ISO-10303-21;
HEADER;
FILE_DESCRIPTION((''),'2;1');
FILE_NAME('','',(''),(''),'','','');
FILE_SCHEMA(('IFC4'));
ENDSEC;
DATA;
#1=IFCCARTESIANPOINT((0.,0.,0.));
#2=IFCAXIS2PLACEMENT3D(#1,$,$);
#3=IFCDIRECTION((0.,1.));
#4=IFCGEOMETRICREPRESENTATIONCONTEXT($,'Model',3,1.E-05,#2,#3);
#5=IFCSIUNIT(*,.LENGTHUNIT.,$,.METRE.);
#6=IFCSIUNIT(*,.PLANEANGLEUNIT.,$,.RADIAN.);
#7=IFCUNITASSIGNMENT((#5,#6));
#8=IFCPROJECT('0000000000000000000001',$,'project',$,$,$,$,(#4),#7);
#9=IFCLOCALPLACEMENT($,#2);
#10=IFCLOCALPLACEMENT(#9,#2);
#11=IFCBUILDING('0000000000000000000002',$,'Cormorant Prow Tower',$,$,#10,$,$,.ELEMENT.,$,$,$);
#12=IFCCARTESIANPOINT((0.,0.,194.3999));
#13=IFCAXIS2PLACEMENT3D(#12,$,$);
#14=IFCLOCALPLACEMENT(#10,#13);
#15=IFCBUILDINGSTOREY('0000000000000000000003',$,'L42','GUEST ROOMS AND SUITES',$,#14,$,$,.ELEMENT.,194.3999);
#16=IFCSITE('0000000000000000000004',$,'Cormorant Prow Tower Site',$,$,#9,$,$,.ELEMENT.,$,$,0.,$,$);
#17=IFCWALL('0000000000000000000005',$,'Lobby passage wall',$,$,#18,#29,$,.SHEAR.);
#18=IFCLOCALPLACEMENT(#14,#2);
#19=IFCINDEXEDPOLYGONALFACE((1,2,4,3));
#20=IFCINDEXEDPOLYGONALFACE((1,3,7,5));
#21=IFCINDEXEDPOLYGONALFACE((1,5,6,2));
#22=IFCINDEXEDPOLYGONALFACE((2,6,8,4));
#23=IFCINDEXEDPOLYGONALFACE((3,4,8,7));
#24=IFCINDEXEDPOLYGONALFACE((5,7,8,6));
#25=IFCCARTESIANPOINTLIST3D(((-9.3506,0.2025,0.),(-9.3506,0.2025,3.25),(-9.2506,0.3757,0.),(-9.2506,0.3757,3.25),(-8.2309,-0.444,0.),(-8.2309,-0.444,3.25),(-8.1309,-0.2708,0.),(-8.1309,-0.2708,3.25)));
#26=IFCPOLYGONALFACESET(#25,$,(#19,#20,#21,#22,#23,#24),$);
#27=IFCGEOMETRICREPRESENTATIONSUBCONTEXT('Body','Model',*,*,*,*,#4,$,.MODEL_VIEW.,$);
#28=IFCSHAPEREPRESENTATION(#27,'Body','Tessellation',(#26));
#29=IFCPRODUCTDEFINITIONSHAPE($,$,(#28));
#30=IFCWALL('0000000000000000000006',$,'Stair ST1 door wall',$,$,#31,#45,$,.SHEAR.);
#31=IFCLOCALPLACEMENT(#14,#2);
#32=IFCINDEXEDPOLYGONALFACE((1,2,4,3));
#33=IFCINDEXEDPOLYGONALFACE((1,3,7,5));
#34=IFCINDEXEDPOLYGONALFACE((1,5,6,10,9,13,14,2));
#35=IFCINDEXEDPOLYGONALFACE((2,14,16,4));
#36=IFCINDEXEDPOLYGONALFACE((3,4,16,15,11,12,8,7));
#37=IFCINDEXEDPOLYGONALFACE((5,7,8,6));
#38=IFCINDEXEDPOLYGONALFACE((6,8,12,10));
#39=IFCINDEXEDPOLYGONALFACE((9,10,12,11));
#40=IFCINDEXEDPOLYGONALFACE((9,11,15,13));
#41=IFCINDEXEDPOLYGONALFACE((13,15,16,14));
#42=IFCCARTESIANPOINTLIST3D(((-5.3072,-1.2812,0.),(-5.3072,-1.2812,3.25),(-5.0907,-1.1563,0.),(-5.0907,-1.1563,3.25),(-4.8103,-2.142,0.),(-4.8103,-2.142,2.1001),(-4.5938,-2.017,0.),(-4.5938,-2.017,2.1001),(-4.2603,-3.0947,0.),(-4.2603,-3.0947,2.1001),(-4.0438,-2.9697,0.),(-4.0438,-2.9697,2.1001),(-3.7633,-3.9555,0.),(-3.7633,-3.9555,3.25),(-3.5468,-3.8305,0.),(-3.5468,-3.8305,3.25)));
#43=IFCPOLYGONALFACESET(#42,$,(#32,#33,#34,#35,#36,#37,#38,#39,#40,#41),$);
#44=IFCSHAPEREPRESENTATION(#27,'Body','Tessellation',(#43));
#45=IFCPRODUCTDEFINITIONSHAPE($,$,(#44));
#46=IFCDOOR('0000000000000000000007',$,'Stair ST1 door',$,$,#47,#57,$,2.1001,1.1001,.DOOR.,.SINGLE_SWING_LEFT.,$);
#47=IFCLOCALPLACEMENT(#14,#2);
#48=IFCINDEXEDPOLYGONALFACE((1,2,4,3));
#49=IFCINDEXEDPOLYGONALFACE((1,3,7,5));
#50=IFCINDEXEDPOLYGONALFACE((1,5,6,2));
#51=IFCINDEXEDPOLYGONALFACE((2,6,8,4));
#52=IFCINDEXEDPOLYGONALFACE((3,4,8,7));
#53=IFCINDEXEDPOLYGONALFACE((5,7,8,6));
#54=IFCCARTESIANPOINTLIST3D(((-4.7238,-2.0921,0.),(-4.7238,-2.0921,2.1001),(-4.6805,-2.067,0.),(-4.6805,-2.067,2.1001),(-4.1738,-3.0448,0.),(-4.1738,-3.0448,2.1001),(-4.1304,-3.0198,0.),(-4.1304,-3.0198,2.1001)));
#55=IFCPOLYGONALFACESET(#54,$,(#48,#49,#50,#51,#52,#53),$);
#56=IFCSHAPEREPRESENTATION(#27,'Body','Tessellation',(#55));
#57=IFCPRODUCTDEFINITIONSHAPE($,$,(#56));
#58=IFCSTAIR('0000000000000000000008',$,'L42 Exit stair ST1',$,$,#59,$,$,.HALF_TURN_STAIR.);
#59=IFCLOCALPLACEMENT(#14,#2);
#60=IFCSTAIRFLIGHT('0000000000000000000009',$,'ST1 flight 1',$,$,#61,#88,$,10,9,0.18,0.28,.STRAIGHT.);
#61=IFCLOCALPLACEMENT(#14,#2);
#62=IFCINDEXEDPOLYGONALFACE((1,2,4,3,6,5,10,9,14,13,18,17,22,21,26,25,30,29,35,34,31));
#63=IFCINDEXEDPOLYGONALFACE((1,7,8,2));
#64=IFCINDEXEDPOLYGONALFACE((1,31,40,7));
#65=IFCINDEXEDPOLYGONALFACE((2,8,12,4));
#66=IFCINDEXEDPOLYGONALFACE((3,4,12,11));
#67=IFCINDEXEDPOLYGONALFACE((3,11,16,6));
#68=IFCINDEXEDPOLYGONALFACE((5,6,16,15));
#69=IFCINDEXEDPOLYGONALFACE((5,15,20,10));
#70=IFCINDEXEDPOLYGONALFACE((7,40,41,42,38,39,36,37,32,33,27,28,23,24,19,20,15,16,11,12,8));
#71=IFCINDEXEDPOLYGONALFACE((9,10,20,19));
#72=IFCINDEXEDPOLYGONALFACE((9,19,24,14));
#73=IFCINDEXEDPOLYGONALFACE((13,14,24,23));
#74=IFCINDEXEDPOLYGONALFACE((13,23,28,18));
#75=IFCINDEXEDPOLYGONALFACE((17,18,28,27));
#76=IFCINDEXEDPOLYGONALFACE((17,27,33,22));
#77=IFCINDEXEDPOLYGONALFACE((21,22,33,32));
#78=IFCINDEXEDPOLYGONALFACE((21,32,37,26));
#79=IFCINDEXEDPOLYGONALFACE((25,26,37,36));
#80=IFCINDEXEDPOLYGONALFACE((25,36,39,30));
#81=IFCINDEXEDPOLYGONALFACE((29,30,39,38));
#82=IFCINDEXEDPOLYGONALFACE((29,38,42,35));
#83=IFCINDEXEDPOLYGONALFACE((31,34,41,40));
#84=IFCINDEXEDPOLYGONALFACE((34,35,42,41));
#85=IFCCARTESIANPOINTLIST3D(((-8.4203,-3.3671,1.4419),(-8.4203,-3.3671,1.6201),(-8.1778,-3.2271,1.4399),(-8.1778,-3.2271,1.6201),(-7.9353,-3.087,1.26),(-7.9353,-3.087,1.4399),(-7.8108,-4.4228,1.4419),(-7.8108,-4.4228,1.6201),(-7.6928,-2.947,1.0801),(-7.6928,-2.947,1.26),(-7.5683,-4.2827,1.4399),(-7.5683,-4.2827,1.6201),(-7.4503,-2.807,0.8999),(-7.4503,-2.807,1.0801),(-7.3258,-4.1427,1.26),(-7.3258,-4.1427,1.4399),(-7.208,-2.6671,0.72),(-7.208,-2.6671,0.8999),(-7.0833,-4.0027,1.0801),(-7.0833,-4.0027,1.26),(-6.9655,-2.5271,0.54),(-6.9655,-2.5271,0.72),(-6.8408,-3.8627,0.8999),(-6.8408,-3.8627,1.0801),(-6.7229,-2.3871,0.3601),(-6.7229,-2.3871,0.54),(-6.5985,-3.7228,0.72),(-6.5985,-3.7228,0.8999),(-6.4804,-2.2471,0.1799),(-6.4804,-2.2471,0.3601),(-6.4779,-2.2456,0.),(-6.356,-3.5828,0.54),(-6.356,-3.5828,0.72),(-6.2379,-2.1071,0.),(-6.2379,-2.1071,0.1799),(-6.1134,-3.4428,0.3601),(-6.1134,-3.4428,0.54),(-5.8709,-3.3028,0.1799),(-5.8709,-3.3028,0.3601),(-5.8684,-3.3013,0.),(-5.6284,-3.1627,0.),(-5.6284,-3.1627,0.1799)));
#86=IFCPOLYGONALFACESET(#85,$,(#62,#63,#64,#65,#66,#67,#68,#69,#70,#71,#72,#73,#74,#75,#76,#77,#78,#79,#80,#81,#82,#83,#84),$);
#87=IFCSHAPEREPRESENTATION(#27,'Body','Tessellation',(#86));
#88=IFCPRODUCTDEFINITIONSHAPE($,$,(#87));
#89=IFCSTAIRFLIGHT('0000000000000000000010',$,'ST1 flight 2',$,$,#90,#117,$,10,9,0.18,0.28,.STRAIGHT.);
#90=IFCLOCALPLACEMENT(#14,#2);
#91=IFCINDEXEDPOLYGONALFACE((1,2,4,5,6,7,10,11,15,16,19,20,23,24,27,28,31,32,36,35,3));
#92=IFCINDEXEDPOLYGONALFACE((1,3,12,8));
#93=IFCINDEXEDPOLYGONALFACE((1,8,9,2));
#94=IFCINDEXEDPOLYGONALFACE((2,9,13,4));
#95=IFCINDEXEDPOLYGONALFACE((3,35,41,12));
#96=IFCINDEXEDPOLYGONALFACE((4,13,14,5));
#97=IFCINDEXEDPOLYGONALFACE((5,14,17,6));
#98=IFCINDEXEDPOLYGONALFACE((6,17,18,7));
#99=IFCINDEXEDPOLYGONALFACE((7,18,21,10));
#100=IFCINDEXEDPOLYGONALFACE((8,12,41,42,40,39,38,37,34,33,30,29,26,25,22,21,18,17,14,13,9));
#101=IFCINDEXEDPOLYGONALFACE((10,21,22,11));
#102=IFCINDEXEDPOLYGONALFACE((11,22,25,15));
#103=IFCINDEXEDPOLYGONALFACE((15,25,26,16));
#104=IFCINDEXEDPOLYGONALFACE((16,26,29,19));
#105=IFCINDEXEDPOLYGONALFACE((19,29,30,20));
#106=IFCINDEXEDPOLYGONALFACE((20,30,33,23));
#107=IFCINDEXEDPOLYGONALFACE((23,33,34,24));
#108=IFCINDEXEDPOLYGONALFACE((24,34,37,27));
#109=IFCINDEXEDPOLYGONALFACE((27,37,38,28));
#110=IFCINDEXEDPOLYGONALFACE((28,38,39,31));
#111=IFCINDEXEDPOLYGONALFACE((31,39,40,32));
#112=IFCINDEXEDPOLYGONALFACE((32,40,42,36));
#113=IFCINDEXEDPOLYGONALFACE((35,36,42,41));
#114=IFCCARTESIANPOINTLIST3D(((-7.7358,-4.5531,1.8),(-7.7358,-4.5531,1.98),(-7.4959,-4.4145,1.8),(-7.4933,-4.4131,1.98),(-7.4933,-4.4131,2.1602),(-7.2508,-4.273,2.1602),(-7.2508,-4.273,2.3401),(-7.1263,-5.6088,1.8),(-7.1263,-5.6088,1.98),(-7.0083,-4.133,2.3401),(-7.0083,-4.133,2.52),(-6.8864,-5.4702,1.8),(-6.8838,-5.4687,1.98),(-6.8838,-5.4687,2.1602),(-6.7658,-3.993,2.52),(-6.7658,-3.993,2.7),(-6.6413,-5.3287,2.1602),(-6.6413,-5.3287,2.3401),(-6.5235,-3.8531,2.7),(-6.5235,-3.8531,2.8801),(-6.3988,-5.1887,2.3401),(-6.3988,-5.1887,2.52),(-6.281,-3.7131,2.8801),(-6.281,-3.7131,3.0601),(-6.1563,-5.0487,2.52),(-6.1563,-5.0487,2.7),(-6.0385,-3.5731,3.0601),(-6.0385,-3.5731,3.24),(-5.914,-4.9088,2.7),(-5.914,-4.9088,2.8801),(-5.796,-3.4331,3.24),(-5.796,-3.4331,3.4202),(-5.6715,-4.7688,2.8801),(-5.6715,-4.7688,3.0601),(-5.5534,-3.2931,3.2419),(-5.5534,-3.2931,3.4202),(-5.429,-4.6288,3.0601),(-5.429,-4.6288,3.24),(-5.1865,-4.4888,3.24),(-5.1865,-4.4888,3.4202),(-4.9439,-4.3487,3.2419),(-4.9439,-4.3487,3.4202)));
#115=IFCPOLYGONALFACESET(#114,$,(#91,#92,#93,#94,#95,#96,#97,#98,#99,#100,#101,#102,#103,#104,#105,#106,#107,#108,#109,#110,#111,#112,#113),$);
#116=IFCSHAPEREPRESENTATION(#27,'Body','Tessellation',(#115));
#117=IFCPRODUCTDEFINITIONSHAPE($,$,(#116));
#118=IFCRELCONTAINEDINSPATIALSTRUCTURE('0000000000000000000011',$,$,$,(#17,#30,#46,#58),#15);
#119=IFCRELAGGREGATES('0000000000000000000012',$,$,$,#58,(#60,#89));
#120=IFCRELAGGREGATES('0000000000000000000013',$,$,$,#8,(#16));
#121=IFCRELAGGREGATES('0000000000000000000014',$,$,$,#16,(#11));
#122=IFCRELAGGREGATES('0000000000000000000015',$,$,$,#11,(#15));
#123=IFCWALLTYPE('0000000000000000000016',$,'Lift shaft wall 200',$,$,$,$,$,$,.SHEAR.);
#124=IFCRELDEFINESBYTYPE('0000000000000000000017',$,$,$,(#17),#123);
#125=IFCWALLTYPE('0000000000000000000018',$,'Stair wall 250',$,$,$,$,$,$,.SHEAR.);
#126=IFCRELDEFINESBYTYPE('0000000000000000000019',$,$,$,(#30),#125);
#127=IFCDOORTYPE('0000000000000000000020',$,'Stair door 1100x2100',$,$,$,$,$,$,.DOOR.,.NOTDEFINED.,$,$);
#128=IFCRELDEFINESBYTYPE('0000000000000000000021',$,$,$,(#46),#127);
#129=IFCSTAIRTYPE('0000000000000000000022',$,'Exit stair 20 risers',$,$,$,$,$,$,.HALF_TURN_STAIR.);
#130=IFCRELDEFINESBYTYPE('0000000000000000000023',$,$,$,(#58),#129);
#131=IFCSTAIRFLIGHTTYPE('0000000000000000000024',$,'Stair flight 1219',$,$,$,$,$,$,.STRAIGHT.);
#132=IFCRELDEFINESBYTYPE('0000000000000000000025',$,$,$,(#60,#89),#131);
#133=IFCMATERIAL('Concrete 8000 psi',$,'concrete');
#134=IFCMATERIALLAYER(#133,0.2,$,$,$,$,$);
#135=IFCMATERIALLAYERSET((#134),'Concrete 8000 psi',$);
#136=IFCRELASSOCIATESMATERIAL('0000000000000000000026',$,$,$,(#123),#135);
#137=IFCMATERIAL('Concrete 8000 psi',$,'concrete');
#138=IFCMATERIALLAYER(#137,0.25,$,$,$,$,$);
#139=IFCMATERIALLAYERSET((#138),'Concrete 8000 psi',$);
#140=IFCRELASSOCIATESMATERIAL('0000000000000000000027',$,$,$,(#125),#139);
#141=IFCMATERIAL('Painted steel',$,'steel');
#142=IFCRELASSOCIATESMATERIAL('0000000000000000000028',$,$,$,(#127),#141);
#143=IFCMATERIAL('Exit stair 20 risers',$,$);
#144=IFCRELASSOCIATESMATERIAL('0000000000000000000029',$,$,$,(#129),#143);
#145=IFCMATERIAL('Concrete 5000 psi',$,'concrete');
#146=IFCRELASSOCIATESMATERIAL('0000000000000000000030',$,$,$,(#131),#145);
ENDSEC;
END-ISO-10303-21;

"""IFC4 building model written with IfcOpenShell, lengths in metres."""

from ifc_helpers import new_model, si_unit, direction, frame, frame_2d, origin, place, context, subcontext, project, spatial, polyline, rectangle, outline, extrude, material, layer, layer_set, type_object, element, fill, aggregate, save


model = new_model("IFC4")

# Units and contexts
model_context = context("Model", 3, precision=1e-05, world=origin(), true_north=direction((0.0, 1.0)))
body_context = subcontext(model_context, "Body", "Model", "MODEL_VIEW")
ifc_project = project(units=[si_unit("LENGTHUNIT", "METRE"), si_unit("PLANEANGLEUNIT", "RADIAN")], contexts=[model_context])

# Site, building, storey
site_placement = place(None, origin())
site = spatial("IfcSite", under=ifc_project, at=site_placement, Name="Cormorant Prow Tower Site", CompositionType="ELEMENT", RefElevation=0.0)
building_placement = place(site_placement, origin())
building = spatial("IfcBuilding", under=site, at=building_placement, Name="Cormorant Prow Tower", CompositionType="ELEMENT")
storey_placement = place(building_placement, frame((0.0, 0.0, 194.3999)))
storey = spatial("IfcBuildingStorey", under=building, at=storey_placement, Name="L42", Description="GUEST ROOMS AND SUITES", CompositionType="ELEMENT", Elevation=194.3999)

# Wall
ifc_material_1 = material(Name="Concrete 8000 psi", Category="concrete")
ifc_layer_1 = layer(ifc_material_1, 0.2)
ifc_layer_set_1 = layer_set([ifc_layer_1], Name="Concrete 8000 psi")
wall_type_1 = type_object("IfcWallType", Name="Lift shaft wall 200", PredefinedType="SHEAR", material=ifc_layer_set_1)
for number, where, z_axis, x_axis, name in (
    (1, (-8.1809, -0.3574, 0.0), (0.0, 0.0, 1.0), (-0.866003, 0.500038, 0.0), "Lobby passage wall"),
):
    element("IfcWall", number, at=place(storey_placement, frame(where, z_axis=z_axis, x_axis=x_axis)), inside=storey, type_object=wall_type_1, Name=name, PredefinedType="SHEAR", context=body_context, shape_type="SweptSolid", body=[
        extrude(rectangle(XDim=1.293, YDim=0.2, at=frame_2d((0.6465, 0.0))), origin(), (0.0, 0.0, 1.0), 3.25),
    ])

# Wall, opening, door
ifc_material_2 = material(Name="Concrete 8000 psi", Category="concrete")
ifc_layer_2 = layer(ifc_material_2, 0.25)
ifc_layer_set_2 = layer_set([ifc_layer_2], Name="Concrete 8000 psi")
wall_type_2 = type_object("IfcWallType", Name="Stair wall 250", PredefinedType="SHEAR", material=ifc_layer_set_2)
wall_1_placement = place(storey_placement, frame((-5.199, -1.2188, 0.0), z_axis=(0.0, 0.0, 1.0), x_axis=(0.499983, -0.866035, 0.0)))
wall_1 = element("IfcWall", 2, at=wall_1_placement, inside=storey, type_object=wall_type_2, Name="Stair ST1 door wall", PredefinedType="SHEAR", context=body_context, shape_type="SweptSolid", body=[
    extrude(rectangle(XDim=3.0879, YDim=0.25, at=frame_2d((1.5439, 0.0))), origin(), (0.0, 0.0, 1.0), 3.25),
])
opening_1_placement = place(wall_1_placement, frame((0.9939, 0.0, 0.0)))
opening_1 = element("IfcOpeningElement", 3, at=opening_1_placement, cuts=wall_1, PredefinedType="OPENING", context=body_context, shape_type="SweptSolid", body=[
    extrude(rectangle(XDim=1.1001, YDim=2.1001, at=frame_2d((0.55, 1.05))), frame((0.0, 0.135, 0.0), z_axis=(0.0, -1.0, 0.0), x_axis=(1.0, 0.0, 0.0)), (0.0, 0.0, 1.0), 0.27),
])
ifc_material_3 = material(Name="Painted steel", Category="steel")
door_type_1 = type_object("IfcDoorType", Name="Stair door 1100x2100", OperationType="NOTDEFINED", PredefinedType="DOOR", material=ifc_material_3)
door_1_placement = place(opening_1_placement, origin())
door_1 = element("IfcDoor", 4, at=door_1_placement, inside=storey, type_object=door_type_1, Name="Stair ST1 door", OperationType="SINGLE_SWING_LEFT", OverallHeight=2.1001, OverallWidth=1.1001, PredefinedType="DOOR", context=body_context, shape_type="SweptSolid", body=[
    extrude(rectangle(XDim=1.1001, YDim=2.1001, at=frame_2d((0.55, 1.05))), frame((0.0, 0.0249, 0.0), z_axis=(0.0, -1.0, 0.0), x_axis=(1.0, 0.0, 0.0)), (0.0, 0.0, 1.0), 0.05),
])
fill(opening_1, door_1)

# Stair, stair flights
ifc_material_4 = material(Name="Exit stair 20 risers")
stair_type = type_object("IfcStairType", Name="Exit stair 20 risers", PredefinedType="HALF_TURN_STAIR", material=ifc_material_4)
stair_placement = place(storey_placement, origin())
stair = element("IfcStair", 5, at=stair_placement, inside=storey, type_object=stair_type, Name="L42 Exit stair ST1", PredefinedType="HALF_TURN_STAIR")
ifc_material_5 = material(Name="Concrete 5000 psi", Category="concrete")
stair_flight_type = type_object("IfcStairFlightType", Name="Stair flight 1219", PredefinedType="STRAIGHT", material=ifc_material_5)
stair_flight_1_placement = place(storey_placement, frame((-5.9331, -2.635, 0.0), z_axis=(0.0, 0.0, 1.0), x_axis=(-0.866025, -0.5, 0.0)))
stair_flight_1 = element("IfcStairFlight", 6, at=stair_flight_1_placement, type_object=stair_flight_type, Name="ST1 flight 1", NumberOfRisers=10, NumberOfTreads=9, PredefinedType="STRAIGHT", RiserHeight=0.18, TreadLength=0.28, context=body_context, shape_type="SweptSolid", body=[
    extrude(outline(polyline([(0.0, 0.0), (0.0, 0.1799), (0.28, 0.1799), (0.28, 0.3601), (0.5601, 0.3601), (0.5601, 0.54), (0.8401, 0.54), (0.8401, 0.72), (1.1201, 0.72), (1.1201, 0.8999), (1.3999, 0.8999), (1.3999, 1.0801), (1.6799, 1.0801), (1.6799, 1.26), (1.96, 1.26), (1.96, 1.4399), (2.24, 1.4399), (2.24, 1.6201), (2.52, 1.6201), (2.52, 1.8), (2.52, 1.4419), (0.2771, 0.0), (0.0, 0.0)])), frame((0.0, 0.6094, 0.0), z_axis=(0.0, -1.0, 0.0), x_axis=(1.0, 0.0, 0.0)), (0.0, 0.0, 1.0), 1.219),
])
stair_flight_2_placement = place(storey_placement, frame((-7.4312, -5.0808, 1.8), z_axis=(0.0, 0.0, 1.0), x_axis=(0.866025, 0.5, 0.0)))
stair_flight_2 = element("IfcStairFlight", 7, at=stair_flight_2_placement, type_object=stair_flight_type, Name="ST1 flight 2", NumberOfRisers=10, NumberOfTreads=9, PredefinedType="STRAIGHT", RiserHeight=0.18, TreadLength=0.28, context=body_context, shape_type="SweptSolid", body=[
    extrude(outline(polyline([(0.0, 0.0), (0.0, 0.1799), (0.28, 0.1799), (0.28, 0.3601), (0.5601, 0.3601), (0.5601, 0.54), (0.8401, 0.54), (0.8401, 0.72), (1.1201, 0.72), (1.1201, 0.8999), (1.3999, 0.8999), (1.3999, 1.0801), (1.6799, 1.0801), (1.6799, 1.26), (1.96, 1.26), (1.96, 1.4399), (2.24, 1.4399), (2.24, 1.6201), (2.52, 1.6201), (2.52, 1.8), (2.52, 1.4419), (0.2771, 0.0), (0.0, 0.0)])), frame((0.0, 0.6094, 0.0), z_axis=(0.0, -1.0, 0.0), x_axis=(1.0, 0.0, 0.0)), (0.0, 0.0, 1.0), 1.219),
])
aggregate(stair, [stair_flight_1, stair_flight_2])

save(model, "model.ifc")
